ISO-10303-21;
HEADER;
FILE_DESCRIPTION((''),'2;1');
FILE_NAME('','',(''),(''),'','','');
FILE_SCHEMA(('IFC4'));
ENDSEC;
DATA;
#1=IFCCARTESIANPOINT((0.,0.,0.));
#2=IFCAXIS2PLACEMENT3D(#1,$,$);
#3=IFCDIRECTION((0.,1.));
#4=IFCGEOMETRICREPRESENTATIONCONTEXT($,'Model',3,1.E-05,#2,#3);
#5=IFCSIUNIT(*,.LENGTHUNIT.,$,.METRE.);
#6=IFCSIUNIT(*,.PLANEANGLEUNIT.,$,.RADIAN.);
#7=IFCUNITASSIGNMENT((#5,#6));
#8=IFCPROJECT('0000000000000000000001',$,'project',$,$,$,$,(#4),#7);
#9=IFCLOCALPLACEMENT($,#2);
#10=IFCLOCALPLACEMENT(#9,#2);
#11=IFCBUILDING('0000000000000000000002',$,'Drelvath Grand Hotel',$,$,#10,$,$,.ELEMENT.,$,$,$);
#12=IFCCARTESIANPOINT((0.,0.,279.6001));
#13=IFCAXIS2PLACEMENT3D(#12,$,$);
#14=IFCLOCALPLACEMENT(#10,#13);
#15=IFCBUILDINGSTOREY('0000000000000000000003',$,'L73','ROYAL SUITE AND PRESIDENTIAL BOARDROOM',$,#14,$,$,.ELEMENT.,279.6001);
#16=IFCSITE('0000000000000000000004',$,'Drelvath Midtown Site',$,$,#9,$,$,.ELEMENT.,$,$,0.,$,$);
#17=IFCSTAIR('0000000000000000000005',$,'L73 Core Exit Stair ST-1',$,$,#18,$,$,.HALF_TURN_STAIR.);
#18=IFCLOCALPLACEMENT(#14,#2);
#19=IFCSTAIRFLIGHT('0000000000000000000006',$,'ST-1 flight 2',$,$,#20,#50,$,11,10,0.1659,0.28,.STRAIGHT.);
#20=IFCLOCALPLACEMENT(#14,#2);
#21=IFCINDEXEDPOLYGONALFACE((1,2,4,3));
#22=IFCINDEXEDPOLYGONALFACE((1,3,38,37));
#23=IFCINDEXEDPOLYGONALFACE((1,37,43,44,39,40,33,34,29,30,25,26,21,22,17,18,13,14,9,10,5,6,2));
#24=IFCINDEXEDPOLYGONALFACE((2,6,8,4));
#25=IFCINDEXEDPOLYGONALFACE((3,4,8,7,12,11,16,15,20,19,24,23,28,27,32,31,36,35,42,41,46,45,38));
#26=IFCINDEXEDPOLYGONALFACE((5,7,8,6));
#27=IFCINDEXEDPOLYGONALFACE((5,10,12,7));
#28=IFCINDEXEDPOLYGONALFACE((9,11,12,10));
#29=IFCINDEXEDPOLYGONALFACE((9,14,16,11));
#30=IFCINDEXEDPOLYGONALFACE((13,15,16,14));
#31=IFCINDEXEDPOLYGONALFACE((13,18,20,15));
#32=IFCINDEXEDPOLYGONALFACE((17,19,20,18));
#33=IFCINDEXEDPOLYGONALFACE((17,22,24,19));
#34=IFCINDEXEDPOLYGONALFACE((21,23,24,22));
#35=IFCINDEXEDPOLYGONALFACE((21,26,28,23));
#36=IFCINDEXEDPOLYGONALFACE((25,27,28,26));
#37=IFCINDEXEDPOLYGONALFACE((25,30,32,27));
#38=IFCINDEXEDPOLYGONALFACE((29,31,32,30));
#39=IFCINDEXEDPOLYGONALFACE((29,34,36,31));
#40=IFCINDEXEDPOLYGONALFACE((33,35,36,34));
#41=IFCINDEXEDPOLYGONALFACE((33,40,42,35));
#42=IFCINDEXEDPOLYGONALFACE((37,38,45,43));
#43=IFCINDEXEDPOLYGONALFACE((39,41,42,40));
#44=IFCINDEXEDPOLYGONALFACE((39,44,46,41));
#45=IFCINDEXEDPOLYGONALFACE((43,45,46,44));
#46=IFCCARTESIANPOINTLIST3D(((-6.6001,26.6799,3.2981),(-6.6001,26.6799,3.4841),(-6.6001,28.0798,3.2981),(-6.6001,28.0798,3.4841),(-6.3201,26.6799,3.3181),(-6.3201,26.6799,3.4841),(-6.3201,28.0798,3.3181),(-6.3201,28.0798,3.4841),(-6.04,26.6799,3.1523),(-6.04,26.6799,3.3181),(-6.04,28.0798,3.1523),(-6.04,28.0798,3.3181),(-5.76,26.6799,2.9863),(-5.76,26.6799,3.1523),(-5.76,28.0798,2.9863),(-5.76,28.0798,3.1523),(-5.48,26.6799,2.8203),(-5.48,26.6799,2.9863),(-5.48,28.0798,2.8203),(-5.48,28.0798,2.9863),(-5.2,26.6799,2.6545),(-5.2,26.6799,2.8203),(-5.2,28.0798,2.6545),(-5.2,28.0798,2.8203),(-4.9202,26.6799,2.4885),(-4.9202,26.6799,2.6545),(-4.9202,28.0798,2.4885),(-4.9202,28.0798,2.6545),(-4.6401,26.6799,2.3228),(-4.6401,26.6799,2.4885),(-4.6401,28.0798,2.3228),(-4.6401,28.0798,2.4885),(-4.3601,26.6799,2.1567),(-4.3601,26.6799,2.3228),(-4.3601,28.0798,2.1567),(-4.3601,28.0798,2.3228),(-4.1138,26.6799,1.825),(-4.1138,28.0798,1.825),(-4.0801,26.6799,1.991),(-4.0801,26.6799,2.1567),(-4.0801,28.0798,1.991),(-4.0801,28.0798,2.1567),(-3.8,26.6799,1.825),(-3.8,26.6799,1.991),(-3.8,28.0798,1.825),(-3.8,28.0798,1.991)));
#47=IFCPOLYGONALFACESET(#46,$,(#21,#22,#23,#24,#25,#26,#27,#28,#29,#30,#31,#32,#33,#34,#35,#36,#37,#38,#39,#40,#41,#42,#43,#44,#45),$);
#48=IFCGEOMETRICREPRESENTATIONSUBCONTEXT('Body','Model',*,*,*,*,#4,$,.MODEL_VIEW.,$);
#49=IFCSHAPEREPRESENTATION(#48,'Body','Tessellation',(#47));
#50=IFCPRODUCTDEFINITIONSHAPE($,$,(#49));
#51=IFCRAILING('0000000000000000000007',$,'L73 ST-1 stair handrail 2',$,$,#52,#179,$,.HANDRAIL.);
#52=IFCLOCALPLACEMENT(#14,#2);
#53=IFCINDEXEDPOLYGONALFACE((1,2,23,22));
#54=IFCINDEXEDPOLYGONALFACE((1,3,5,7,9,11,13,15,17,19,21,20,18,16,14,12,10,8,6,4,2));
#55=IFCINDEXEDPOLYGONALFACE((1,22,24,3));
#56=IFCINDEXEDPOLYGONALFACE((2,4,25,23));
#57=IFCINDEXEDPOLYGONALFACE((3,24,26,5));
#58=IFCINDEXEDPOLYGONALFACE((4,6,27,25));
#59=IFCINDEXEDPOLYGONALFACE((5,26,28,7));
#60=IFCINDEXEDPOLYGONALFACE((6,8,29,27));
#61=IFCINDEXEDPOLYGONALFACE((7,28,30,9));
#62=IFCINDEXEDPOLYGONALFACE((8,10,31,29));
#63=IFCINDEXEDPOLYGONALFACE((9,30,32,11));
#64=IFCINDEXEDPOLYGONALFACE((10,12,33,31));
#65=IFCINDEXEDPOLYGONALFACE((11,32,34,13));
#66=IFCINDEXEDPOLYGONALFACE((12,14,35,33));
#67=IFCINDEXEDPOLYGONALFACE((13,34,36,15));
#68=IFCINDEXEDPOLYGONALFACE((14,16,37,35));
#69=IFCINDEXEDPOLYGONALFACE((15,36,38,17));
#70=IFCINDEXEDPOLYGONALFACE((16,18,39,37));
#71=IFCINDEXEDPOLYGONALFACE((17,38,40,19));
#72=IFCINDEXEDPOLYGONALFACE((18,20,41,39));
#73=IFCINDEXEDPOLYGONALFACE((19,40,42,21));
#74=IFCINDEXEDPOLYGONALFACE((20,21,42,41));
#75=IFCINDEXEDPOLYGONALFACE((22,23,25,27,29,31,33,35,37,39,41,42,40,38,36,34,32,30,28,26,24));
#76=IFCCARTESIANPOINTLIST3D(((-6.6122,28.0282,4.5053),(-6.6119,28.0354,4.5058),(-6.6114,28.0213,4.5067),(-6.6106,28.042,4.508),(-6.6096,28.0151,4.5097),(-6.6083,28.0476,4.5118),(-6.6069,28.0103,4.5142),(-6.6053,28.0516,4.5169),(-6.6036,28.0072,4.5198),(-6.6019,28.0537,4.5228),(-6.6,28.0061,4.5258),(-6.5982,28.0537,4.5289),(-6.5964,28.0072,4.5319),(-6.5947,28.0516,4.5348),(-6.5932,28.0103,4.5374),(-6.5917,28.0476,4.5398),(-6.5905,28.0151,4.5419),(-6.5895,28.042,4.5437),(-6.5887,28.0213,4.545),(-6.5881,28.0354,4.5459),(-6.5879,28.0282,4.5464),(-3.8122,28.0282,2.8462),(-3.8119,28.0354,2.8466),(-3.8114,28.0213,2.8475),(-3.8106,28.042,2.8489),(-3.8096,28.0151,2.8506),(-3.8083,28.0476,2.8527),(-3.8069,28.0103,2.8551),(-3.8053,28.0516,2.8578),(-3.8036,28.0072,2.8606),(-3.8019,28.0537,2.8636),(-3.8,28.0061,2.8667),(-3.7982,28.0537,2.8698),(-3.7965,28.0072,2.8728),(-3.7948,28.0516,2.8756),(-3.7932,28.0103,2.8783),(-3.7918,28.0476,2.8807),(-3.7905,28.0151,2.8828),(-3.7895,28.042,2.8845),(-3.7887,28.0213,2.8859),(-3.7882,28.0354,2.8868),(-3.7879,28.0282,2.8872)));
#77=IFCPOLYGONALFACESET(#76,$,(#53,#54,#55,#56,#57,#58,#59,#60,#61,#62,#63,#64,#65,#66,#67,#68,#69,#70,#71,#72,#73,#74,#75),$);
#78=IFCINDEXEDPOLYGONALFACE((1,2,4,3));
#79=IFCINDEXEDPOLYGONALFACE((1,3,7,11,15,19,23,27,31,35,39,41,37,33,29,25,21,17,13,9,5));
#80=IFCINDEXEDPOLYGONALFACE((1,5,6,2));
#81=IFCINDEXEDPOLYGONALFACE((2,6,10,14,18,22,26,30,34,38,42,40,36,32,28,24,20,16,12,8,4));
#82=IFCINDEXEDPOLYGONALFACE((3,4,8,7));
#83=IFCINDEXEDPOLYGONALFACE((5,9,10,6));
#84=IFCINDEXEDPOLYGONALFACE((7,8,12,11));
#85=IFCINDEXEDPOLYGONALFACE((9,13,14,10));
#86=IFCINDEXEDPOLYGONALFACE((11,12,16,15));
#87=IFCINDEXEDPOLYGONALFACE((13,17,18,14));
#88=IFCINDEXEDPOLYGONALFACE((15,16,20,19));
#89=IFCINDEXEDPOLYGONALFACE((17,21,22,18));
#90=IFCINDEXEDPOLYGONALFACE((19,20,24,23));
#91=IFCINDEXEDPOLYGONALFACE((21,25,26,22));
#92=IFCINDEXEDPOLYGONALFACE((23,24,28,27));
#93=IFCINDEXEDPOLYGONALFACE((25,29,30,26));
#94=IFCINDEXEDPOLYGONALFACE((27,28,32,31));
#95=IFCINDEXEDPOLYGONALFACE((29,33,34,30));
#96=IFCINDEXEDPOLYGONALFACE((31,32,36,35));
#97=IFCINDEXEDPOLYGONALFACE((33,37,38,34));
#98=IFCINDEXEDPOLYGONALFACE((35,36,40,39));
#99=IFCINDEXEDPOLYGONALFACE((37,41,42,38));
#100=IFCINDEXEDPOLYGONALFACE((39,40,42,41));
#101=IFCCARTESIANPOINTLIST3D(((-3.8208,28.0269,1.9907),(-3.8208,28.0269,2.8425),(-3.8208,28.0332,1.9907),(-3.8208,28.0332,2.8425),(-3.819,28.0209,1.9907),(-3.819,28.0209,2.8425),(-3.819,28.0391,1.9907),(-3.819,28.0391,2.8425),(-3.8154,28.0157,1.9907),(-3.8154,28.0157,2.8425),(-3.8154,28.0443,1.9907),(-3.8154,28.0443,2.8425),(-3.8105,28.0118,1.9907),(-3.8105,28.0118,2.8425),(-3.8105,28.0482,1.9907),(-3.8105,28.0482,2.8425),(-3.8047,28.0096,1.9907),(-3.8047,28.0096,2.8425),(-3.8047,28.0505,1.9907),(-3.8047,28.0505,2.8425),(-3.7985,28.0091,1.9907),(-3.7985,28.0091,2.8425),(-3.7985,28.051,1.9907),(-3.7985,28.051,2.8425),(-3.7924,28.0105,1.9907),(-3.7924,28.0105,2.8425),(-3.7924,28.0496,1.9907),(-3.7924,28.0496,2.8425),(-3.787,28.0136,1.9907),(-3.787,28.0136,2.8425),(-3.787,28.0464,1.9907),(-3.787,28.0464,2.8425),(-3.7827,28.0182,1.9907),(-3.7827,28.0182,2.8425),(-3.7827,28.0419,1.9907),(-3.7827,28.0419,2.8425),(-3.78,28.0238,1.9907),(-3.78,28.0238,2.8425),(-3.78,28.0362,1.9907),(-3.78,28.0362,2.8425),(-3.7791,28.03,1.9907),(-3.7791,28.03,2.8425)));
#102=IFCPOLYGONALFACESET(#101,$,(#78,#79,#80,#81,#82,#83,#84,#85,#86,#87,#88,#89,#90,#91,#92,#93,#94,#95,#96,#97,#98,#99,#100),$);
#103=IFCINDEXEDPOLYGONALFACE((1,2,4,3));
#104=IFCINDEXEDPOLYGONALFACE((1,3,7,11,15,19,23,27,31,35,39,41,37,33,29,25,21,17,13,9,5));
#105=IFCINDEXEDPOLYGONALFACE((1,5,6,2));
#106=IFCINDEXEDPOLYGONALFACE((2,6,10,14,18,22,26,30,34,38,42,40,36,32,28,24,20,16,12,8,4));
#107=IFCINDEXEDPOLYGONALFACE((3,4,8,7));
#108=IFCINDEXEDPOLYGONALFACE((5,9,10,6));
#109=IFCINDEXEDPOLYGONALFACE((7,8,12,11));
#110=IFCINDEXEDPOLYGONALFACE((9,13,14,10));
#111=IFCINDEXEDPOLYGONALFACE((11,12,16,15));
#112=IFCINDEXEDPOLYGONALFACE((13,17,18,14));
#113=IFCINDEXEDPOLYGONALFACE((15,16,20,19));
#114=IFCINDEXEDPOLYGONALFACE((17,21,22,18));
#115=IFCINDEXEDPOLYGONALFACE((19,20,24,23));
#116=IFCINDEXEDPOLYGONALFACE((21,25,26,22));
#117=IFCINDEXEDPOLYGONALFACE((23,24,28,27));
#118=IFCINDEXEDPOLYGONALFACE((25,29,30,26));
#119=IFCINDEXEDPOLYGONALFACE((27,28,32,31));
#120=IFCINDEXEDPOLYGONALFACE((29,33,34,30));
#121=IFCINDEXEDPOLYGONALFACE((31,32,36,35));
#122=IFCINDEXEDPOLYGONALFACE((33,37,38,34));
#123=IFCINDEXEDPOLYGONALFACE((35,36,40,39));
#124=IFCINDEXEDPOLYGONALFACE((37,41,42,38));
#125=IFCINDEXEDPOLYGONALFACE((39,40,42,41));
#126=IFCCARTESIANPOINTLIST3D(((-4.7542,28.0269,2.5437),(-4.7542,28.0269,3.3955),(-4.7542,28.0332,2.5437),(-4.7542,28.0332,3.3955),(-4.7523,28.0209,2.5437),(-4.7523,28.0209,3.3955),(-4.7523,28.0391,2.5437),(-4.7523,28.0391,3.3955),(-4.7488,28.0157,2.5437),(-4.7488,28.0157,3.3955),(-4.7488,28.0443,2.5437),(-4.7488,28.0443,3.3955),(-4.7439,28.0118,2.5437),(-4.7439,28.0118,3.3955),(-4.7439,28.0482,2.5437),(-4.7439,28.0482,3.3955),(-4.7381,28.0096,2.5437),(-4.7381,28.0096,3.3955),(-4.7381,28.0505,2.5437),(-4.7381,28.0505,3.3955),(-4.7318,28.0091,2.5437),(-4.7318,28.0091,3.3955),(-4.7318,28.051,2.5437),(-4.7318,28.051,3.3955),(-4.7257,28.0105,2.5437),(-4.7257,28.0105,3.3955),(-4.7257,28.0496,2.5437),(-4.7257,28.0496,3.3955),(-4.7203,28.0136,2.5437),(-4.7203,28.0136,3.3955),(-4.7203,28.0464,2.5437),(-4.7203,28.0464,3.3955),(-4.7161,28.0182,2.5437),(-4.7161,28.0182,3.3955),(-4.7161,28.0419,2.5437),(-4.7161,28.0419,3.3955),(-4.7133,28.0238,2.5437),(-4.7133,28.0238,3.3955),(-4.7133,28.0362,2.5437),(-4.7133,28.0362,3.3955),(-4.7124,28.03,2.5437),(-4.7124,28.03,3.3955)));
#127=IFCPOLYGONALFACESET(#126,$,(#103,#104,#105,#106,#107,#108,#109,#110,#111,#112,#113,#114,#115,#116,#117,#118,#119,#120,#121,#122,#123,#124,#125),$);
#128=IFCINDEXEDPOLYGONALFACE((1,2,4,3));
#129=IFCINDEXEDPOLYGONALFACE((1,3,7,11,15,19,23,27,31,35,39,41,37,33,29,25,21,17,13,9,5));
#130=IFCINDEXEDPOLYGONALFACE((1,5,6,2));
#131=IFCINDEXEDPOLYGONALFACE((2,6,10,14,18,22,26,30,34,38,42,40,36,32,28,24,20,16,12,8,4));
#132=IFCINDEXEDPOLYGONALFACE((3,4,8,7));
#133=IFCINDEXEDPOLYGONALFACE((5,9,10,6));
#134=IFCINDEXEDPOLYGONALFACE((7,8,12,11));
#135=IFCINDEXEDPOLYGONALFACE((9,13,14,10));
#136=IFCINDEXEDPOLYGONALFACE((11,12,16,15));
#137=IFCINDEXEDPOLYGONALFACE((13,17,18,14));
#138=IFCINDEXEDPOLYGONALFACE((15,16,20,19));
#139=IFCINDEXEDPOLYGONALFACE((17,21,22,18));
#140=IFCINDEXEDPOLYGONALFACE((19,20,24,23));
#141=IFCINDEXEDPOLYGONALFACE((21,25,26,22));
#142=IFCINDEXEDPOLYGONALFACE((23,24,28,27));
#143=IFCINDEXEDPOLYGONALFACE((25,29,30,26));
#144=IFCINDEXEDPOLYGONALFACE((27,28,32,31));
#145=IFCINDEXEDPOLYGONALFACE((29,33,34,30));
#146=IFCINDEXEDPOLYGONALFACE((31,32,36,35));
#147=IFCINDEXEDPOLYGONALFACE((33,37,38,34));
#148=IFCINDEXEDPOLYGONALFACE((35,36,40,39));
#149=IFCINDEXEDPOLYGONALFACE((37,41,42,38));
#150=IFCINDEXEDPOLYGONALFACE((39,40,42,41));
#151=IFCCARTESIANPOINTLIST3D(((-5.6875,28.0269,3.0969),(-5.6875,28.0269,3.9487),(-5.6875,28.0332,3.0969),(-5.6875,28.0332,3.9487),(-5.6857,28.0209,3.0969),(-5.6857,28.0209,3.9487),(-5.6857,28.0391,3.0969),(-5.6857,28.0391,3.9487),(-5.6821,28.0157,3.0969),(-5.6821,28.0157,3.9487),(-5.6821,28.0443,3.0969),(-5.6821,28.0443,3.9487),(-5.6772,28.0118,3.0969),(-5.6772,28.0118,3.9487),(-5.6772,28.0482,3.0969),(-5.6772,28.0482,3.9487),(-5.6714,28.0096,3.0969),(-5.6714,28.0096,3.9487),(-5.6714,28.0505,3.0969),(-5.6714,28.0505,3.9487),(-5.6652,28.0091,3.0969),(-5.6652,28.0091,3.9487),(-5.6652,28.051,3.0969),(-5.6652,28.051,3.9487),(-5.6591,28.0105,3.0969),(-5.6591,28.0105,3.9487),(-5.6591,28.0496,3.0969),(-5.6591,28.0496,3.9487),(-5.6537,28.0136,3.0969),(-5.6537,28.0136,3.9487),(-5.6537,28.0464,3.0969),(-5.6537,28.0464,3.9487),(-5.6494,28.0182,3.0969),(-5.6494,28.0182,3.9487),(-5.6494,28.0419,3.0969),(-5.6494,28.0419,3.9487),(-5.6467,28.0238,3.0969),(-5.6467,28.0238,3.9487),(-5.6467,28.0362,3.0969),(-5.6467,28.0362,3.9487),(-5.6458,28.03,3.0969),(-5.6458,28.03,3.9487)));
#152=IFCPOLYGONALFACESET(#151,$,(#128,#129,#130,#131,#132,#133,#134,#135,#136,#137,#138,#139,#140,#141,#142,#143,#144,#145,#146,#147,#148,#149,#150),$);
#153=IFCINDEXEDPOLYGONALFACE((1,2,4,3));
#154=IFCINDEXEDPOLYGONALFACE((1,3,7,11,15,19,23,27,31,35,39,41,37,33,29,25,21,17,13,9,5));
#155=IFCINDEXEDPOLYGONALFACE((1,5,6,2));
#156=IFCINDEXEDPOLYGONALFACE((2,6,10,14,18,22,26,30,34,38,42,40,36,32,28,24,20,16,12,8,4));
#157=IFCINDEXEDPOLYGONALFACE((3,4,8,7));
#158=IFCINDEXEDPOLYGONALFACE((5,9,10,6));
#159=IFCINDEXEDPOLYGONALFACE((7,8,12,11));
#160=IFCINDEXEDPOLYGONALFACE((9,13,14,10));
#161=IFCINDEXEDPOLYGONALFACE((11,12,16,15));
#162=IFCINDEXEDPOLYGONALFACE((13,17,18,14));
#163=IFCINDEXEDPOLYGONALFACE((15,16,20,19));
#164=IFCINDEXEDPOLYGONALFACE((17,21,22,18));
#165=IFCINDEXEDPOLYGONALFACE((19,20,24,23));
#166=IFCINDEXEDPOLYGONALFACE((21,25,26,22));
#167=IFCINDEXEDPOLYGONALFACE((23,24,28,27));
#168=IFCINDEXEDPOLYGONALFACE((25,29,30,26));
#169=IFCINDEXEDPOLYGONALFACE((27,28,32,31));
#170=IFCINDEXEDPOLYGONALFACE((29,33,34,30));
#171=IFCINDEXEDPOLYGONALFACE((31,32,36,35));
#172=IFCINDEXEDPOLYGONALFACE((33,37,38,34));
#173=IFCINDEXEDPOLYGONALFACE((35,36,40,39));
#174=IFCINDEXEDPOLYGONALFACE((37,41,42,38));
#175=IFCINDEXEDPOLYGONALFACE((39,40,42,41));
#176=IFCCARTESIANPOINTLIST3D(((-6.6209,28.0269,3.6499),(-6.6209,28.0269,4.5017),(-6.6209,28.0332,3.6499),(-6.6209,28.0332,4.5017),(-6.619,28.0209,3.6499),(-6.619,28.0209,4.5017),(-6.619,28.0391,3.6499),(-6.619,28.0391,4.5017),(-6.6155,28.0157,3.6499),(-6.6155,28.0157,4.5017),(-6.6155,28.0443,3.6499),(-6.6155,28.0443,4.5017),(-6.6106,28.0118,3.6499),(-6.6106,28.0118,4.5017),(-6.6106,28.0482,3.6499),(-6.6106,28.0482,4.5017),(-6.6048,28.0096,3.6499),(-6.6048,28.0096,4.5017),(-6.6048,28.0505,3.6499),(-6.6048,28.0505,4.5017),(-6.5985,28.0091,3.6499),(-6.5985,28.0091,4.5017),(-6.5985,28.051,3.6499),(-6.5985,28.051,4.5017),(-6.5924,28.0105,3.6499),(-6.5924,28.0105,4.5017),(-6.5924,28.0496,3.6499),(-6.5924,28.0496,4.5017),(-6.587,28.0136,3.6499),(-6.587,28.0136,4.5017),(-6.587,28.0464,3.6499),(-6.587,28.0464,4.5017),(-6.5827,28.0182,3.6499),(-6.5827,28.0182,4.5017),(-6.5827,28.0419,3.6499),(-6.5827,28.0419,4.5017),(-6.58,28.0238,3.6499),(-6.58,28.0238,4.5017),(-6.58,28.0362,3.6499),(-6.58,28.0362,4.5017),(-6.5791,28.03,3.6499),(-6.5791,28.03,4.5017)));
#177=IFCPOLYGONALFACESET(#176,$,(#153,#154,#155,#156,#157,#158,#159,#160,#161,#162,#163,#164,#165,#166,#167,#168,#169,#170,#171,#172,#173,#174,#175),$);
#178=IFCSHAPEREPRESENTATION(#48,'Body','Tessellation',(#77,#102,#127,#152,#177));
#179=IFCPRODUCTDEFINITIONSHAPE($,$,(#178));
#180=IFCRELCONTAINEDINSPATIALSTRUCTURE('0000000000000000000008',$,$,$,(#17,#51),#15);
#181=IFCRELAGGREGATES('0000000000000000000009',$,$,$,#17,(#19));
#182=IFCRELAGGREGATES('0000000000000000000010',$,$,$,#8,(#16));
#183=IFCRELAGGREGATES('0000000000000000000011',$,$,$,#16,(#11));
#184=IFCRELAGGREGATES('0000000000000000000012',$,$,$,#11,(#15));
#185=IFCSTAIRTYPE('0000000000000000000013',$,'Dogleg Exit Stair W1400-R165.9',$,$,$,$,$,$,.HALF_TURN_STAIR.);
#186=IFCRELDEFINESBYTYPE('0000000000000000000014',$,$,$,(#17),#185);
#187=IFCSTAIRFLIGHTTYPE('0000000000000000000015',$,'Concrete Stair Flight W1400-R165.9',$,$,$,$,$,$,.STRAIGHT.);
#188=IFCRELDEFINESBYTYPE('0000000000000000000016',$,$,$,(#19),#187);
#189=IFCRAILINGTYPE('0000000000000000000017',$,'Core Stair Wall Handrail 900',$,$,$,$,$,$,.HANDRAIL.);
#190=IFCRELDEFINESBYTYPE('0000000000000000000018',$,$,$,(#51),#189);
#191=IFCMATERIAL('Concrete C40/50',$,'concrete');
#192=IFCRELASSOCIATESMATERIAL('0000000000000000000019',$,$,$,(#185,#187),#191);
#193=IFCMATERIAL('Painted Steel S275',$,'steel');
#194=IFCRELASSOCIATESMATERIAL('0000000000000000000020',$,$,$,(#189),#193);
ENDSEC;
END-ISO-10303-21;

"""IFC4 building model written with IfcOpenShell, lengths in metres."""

from ifc_helpers import new_model, si_unit, direction, frame, origin, origin_2d, place, context, subcontext, project, spatial, polyline, circle, outline, extrude, material, type_object, element, aggregate, save


model = new_model("IFC4")

# Units and contexts
model_context = context("Model", 3, precision=1e-05, world=origin(), true_north=direction((0.0, 1.0)))
body_context = subcontext(model_context, "Body", "Model", "MODEL_VIEW")
ifc_project = project(units=[si_unit("LENGTHUNIT", "METRE"), si_unit("PLANEANGLEUNIT", "RADIAN")], contexts=[model_context])

# Site, building, storey
site_placement = place(None, origin())
site = spatial("IfcSite", under=ifc_project, at=site_placement, Name="Drelvath Midtown Site", CompositionType="ELEMENT", RefElevation=0.0)
building_placement = place(site_placement, origin())
building = spatial("IfcBuilding", under=site, at=building_placement, Name="Drelvath Grand Hotel", CompositionType="ELEMENT")
storey_placement = place(building_placement, frame((0.0, 0.0, 279.6001)))
storey = spatial("IfcBuildingStorey", under=building, at=storey_placement, Name="L73", Description="ROYAL SUITE AND PRESIDENTIAL BOARDROOM", CompositionType="ELEMENT", Elevation=279.6001)

# Shared definitions
ifc_material_1 = material(Name="Painted Steel S275", Category="steel")

# Shared definitions
ifc_material_2 = material(Name="Concrete C40/50", Category="concrete")

# Stair, stair flight
stair_type = type_object("IfcStairType", Name="Dogleg Exit Stair W1400-R165.9", PredefinedType="HALF_TURN_STAIR", material=ifc_material_2)
stair_placement = place(storey_placement, origin())
stair = element("IfcStair", 1, at=stair_placement, inside=storey, type_object=stair_type, Name="L73 Core Exit Stair ST-1", PredefinedType="HALF_TURN_STAIR")
stair_flight_type = type_object("IfcStairFlightType", Name="Concrete Stair Flight W1400-R165.9", PredefinedType="STRAIGHT", material=ifc_material_2)
stair_flight_placement = place(storey_placement, frame((-3.8, 27.3799, 1.825), z_axis=(0.0, 0.0, 1.0), x_axis=(-1.0, 0.0, 0.0)))
stair_flight = element("IfcStairFlight", 2, at=stair_flight_placement, type_object=stair_flight_type, Name="ST-1 flight 2", NumberOfRisers=11, NumberOfTreads=10, PredefinedType="STRAIGHT", RiserHeight=0.1659, TreadLength=0.28, context=body_context, shape_type="SweptSolid", body=[
    extrude(outline(polyline([(0.0, 0.0), (0.0, 0.166), (0.28, 0.166), (0.28, 0.3318), (0.5601, 0.3318), (0.5601, 0.4978), (0.8401, 0.4978), (0.8401, 0.6636), (1.1201, 0.6636), (1.1201, 0.8296), (1.3999, 0.8296), (1.3999, 0.9954), (1.6799, 0.9954), (1.6799, 1.1614), (1.96, 1.1614), (1.96, 1.3274), (2.24, 1.3274), (2.24, 1.4932), (2.52, 1.4932), (2.52, 1.6592), (2.8, 1.6592), (2.8, 1.825), (2.8, 1.4731), (0.3137, 0.0), (0.0, 0.0)])), frame((0.0, 0.7, 0.0), z_axis=(0.0, -1.0, 0.0), x_axis=(1.0, 0.0, 0.0)), (0.0, 0.0, 1.0), 1.3999),
])
aggregate(stair, [stair_flight])

# Railing
railing_type = type_object("IfcRailingType", Name="Core Stair Wall Handrail 900", PredefinedType="HANDRAIL", material=ifc_material_1)
railing_placement = place(storey_placement, frame((-3.8, 28.03, 1.9907)))
element("IfcRailing", 3, at=railing_placement, inside=storey, type_object=railing_type, Name="L73 ST-1 stair handrail 2", PredefinedType="HANDRAIL", context=body_context, shape_type="SweptSolid", body=[
    extrude(circle(Radius=0.0239, at=origin_2d()), frame((0.0, 0.0, 0.876), z_axis=(-0.860306, 0.0, 0.509778), x_axis=(0.0, -1.0, 0.0)), (0.0, 0.0, 1.0), 3.2546),
    extrude(circle(Radius=0.021, at=origin_2d()), origin(), (0.0, 0.0, 1.0), 0.8518),
    extrude(circle(Radius=0.021, at=origin_2d()), frame((-0.9333, 0.0, 0.553)), (0.0, 0.0, 1.0), 0.8518),
    extrude(circle(Radius=0.021, at=origin_2d()), frame((-1.8667, 0.0, 1.1062)), (0.0, 0.0, 1.0), 0.8518),
    extrude(circle(Radius=0.021, at=origin_2d()), frame((-2.8, 0.0, 1.6592)), (0.0, 0.0, 1.0), 0.8518),
])

save(model, "model.ifc")
